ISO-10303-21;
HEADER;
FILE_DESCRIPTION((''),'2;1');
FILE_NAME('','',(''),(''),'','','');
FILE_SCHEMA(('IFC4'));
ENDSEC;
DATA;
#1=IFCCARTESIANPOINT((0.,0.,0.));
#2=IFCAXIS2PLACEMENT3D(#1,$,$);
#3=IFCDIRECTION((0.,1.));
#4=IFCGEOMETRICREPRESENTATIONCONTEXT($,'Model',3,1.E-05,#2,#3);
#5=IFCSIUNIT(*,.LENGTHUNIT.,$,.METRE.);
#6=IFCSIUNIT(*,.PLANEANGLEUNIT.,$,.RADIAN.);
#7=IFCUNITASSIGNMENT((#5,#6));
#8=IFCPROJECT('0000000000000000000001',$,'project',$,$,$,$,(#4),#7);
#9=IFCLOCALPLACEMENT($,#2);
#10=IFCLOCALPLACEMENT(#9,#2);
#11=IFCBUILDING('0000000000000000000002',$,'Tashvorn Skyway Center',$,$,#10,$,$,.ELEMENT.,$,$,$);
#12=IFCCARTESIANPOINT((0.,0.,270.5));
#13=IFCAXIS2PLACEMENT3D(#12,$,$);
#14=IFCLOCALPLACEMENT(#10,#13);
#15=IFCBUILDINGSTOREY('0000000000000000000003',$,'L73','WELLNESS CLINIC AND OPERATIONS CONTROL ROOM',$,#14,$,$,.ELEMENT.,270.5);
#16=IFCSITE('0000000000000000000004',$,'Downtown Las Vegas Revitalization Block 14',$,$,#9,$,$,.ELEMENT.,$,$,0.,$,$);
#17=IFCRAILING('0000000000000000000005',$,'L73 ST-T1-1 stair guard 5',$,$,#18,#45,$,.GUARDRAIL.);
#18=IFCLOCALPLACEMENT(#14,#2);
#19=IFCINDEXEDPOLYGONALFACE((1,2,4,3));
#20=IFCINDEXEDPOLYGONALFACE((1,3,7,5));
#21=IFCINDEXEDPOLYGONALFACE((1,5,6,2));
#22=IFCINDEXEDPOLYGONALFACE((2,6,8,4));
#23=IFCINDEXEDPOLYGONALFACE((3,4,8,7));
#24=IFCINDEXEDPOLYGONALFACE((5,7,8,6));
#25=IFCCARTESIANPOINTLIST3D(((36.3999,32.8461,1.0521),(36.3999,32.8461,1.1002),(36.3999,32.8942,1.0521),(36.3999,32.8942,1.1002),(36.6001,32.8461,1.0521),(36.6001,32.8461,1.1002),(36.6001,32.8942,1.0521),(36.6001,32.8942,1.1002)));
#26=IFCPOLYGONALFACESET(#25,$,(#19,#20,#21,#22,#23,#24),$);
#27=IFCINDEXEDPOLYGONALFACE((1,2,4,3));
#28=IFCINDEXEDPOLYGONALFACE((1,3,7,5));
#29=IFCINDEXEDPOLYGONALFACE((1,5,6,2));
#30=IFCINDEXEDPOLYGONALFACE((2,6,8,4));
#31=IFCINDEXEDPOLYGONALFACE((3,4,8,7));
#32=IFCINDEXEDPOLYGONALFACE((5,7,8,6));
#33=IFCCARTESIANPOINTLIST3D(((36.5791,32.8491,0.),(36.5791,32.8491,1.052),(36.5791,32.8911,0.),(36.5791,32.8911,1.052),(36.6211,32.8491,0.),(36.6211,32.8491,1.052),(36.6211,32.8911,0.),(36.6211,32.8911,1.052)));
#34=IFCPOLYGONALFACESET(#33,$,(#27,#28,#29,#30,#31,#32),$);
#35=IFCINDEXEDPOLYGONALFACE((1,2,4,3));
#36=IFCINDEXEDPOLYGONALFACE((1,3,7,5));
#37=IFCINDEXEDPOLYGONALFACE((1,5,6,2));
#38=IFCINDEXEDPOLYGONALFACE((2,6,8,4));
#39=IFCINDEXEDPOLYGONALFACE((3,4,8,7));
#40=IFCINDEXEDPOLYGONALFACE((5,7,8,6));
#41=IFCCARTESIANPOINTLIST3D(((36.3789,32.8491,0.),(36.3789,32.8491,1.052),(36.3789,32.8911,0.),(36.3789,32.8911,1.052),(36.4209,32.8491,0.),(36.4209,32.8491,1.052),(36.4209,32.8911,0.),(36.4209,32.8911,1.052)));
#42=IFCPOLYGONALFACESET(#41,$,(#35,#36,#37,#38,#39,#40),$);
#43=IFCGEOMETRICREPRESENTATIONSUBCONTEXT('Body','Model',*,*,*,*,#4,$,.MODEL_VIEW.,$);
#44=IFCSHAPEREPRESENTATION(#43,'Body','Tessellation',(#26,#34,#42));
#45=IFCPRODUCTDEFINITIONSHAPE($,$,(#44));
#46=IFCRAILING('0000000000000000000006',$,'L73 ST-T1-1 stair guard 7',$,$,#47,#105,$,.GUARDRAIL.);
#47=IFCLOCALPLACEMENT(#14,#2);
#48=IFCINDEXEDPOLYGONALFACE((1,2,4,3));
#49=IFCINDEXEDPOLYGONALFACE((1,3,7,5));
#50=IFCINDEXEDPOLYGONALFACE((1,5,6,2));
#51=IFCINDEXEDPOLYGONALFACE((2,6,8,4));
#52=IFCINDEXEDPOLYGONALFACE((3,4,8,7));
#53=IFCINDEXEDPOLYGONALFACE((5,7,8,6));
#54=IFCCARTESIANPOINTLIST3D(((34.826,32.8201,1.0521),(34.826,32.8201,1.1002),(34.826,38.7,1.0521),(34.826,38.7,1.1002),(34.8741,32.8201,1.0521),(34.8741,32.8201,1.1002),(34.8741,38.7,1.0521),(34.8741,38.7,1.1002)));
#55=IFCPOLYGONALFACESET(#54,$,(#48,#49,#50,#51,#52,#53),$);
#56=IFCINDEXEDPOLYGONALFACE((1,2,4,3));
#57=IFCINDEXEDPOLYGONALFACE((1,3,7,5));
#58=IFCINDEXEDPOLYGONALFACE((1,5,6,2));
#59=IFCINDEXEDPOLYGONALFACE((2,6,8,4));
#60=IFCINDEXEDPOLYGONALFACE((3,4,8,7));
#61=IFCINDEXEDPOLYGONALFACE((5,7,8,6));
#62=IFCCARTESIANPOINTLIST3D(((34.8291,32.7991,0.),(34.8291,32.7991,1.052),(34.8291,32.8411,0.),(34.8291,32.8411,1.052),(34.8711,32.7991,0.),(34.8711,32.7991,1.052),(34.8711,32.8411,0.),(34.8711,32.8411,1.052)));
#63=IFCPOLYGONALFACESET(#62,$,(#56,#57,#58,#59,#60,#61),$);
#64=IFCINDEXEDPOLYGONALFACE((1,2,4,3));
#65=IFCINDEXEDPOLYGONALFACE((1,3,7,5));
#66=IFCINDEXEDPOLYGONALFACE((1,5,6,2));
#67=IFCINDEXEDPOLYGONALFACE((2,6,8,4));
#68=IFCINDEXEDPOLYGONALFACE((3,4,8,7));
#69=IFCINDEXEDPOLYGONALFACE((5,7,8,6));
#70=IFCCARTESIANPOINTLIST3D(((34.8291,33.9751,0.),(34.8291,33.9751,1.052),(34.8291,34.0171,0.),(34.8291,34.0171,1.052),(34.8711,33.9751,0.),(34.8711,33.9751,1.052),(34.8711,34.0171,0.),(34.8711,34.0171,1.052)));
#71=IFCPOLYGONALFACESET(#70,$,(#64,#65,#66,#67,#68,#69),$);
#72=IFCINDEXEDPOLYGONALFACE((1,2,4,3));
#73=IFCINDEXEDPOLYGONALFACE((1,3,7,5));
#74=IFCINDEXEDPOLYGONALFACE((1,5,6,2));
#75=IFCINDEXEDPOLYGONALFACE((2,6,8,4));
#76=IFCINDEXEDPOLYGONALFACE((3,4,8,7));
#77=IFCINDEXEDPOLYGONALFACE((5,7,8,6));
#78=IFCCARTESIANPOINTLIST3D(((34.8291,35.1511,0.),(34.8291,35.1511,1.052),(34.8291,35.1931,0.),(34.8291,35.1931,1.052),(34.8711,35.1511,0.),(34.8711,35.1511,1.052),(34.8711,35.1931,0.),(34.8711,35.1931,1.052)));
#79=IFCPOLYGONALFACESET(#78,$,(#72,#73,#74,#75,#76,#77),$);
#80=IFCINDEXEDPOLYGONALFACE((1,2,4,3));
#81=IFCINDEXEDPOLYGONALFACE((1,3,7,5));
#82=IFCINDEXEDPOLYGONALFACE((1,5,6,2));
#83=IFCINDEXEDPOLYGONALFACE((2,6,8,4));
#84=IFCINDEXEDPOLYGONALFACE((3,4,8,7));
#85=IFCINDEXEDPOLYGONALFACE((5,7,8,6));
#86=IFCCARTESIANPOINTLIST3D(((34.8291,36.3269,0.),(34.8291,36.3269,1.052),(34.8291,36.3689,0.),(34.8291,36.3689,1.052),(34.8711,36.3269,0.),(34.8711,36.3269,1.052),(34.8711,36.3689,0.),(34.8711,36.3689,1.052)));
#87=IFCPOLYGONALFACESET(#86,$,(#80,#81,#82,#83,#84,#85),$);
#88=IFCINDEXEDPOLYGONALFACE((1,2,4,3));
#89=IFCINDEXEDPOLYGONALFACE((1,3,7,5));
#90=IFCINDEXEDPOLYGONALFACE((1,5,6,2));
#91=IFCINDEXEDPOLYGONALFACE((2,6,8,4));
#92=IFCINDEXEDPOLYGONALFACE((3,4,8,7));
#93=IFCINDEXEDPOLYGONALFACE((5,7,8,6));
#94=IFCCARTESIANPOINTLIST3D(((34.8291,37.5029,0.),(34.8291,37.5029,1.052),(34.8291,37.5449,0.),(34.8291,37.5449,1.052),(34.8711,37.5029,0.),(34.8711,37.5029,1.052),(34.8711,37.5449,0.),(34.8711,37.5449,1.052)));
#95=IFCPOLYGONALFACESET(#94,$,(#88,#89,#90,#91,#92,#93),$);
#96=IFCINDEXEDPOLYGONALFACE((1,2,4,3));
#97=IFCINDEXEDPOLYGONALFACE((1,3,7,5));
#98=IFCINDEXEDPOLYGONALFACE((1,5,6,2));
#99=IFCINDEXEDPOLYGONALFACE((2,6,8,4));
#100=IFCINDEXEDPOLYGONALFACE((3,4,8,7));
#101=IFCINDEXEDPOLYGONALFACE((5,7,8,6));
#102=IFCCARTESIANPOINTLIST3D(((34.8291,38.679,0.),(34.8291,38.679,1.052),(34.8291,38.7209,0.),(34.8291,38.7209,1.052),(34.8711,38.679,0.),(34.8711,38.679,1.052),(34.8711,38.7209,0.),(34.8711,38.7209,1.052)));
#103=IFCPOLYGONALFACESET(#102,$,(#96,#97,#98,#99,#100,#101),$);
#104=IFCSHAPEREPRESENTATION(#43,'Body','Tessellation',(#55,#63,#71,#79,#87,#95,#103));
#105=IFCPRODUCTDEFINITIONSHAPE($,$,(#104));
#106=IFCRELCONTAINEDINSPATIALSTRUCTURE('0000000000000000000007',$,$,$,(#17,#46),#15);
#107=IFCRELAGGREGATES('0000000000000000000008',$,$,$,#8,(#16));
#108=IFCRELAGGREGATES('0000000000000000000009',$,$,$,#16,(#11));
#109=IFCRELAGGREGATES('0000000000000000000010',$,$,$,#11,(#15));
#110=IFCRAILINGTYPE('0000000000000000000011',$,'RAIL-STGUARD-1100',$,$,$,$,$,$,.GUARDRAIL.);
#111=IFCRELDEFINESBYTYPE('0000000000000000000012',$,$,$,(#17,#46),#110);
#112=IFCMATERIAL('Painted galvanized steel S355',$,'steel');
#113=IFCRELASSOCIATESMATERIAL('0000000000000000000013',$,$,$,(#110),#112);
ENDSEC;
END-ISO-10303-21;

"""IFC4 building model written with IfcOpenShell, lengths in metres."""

from ifc_helpers import new_model, si_unit, direction, frame, origin, origin_2d, place, context, subcontext, project, spatial, rectangle, extrude, material, type_object, element, save


model = new_model("IFC4")

# Units and contexts
model_context = context("Model", 3, precision=1e-05, world=origin(), true_north=direction((0.0, 1.0)))
body_context = subcontext(model_context, "Body", "Model", "MODEL_VIEW")
ifc_project = project(units=[si_unit("LENGTHUNIT", "METRE"), si_unit("PLANEANGLEUNIT", "RADIAN")], contexts=[model_context])

# Site, building, storey
site_placement = place(None, origin())
site = spatial("IfcSite", under=ifc_project, at=site_placement, Name="Downtown Las Vegas Revitalization Block 14", CompositionType="ELEMENT", RefElevation=0.0)
building_placement = place(site_placement, origin())
building = spatial("IfcBuilding", under=site, at=building_placement, Name="Tashvorn Skyway Center", CompositionType="ELEMENT")
storey_placement = place(building_placement, frame((0.0, 0.0, 270.5)))
storey = spatial("IfcBuildingStorey", under=building, at=storey_placement, Name="L73", Description="WELLNESS CLINIC AND OPERATIONS CONTROL ROOM", CompositionType="ELEMENT", Elevation=270.5)

# Railings
ifc_material_1 = material(Name="Painted galvanized steel S355", Category="steel")
railing_type_1 = type_object("IfcRailingType", Name="RAIL-STGUARD-1100", PredefinedType="GUARDRAIL", material=ifc_material_1)
railing_1_placement = place(storey_placement, frame((36.6001, 32.8701, 0.0)))
element("IfcRailing", 1, at=railing_1_placement, inside=storey, type_object=railing_type_1, Name="L73 ST-T1-1 stair guard 5", PredefinedType="GUARDRAIL", context=body_context, shape_type="SweptSolid", body=[
    extrude(rectangle(XDim=0.0481, YDim=0.0481, at=origin_2d()), frame((0.0, 0.0, 1.0762), z_axis=(-1.0, 0.0, 0.0), x_axis=(0.0, -1.0, 0.0)), (0.0, 0.0, 1.0), 0.2002),
    extrude(rectangle(XDim=0.042, YDim=0.042, at=origin_2d()), origin(), (0.0, 0.0, 1.0), 1.052),
    extrude(rectangle(XDim=0.042, YDim=0.042, at=origin_2d()), frame((-0.2002, 0.0, 0.0)), (0.0, 0.0, 1.0), 1.052),
])
railing_2_placement = place(storey_placement, frame((34.8501, 32.8201, 0.0)))
element("IfcRailing", 2, at=railing_2_placement, inside=storey, type_object=railing_type_1, Name="L73 ST-T1-1 stair guard 7", PredefinedType="GUARDRAIL", context=body_context, shape_type="SweptSolid", body=[
    extrude(rectangle(XDim=0.0481, YDim=0.0481, at=origin_2d()), frame((0.0, 0.0, 1.0762), z_axis=(0.0, 1.0, 0.0), x_axis=(-1.0, 0.0, 0.0)), (0.0, 0.0, 1.0), 5.8799),
    extrude(rectangle(XDim=0.042, YDim=0.042, at=origin_2d()), origin(), (0.0, 0.0, 1.0), 1.052),
    extrude(rectangle(XDim=0.042, YDim=0.042, at=origin_2d()), frame((0.0, 1.176, 0.0)), (0.0, 0.0, 1.0), 1.052),
    extrude(rectangle(XDim=0.042, YDim=0.042, at=origin_2d()), frame((0.0, 2.3521, 0.0)), (0.0, 0.0, 1.0), 1.052),
    extrude(rectangle(XDim=0.042, YDim=0.042, at=origin_2d()), frame((0.0, 3.5278, 0.0)), (0.0, 0.0, 1.0), 1.052),
    extrude(rectangle(XDim=0.042, YDim=0.042, at=origin_2d()), frame((0.0, 4.7039, 0.0)), (0.0, 0.0, 1.0), 1.052),
    extrude(rectangle(XDim=0.042, YDim=0.042, at=origin_2d()), frame((0.0, 5.8799, 0.0)), (0.0, 0.0, 1.0), 1.052),
])

save(model, "model.ifc")
